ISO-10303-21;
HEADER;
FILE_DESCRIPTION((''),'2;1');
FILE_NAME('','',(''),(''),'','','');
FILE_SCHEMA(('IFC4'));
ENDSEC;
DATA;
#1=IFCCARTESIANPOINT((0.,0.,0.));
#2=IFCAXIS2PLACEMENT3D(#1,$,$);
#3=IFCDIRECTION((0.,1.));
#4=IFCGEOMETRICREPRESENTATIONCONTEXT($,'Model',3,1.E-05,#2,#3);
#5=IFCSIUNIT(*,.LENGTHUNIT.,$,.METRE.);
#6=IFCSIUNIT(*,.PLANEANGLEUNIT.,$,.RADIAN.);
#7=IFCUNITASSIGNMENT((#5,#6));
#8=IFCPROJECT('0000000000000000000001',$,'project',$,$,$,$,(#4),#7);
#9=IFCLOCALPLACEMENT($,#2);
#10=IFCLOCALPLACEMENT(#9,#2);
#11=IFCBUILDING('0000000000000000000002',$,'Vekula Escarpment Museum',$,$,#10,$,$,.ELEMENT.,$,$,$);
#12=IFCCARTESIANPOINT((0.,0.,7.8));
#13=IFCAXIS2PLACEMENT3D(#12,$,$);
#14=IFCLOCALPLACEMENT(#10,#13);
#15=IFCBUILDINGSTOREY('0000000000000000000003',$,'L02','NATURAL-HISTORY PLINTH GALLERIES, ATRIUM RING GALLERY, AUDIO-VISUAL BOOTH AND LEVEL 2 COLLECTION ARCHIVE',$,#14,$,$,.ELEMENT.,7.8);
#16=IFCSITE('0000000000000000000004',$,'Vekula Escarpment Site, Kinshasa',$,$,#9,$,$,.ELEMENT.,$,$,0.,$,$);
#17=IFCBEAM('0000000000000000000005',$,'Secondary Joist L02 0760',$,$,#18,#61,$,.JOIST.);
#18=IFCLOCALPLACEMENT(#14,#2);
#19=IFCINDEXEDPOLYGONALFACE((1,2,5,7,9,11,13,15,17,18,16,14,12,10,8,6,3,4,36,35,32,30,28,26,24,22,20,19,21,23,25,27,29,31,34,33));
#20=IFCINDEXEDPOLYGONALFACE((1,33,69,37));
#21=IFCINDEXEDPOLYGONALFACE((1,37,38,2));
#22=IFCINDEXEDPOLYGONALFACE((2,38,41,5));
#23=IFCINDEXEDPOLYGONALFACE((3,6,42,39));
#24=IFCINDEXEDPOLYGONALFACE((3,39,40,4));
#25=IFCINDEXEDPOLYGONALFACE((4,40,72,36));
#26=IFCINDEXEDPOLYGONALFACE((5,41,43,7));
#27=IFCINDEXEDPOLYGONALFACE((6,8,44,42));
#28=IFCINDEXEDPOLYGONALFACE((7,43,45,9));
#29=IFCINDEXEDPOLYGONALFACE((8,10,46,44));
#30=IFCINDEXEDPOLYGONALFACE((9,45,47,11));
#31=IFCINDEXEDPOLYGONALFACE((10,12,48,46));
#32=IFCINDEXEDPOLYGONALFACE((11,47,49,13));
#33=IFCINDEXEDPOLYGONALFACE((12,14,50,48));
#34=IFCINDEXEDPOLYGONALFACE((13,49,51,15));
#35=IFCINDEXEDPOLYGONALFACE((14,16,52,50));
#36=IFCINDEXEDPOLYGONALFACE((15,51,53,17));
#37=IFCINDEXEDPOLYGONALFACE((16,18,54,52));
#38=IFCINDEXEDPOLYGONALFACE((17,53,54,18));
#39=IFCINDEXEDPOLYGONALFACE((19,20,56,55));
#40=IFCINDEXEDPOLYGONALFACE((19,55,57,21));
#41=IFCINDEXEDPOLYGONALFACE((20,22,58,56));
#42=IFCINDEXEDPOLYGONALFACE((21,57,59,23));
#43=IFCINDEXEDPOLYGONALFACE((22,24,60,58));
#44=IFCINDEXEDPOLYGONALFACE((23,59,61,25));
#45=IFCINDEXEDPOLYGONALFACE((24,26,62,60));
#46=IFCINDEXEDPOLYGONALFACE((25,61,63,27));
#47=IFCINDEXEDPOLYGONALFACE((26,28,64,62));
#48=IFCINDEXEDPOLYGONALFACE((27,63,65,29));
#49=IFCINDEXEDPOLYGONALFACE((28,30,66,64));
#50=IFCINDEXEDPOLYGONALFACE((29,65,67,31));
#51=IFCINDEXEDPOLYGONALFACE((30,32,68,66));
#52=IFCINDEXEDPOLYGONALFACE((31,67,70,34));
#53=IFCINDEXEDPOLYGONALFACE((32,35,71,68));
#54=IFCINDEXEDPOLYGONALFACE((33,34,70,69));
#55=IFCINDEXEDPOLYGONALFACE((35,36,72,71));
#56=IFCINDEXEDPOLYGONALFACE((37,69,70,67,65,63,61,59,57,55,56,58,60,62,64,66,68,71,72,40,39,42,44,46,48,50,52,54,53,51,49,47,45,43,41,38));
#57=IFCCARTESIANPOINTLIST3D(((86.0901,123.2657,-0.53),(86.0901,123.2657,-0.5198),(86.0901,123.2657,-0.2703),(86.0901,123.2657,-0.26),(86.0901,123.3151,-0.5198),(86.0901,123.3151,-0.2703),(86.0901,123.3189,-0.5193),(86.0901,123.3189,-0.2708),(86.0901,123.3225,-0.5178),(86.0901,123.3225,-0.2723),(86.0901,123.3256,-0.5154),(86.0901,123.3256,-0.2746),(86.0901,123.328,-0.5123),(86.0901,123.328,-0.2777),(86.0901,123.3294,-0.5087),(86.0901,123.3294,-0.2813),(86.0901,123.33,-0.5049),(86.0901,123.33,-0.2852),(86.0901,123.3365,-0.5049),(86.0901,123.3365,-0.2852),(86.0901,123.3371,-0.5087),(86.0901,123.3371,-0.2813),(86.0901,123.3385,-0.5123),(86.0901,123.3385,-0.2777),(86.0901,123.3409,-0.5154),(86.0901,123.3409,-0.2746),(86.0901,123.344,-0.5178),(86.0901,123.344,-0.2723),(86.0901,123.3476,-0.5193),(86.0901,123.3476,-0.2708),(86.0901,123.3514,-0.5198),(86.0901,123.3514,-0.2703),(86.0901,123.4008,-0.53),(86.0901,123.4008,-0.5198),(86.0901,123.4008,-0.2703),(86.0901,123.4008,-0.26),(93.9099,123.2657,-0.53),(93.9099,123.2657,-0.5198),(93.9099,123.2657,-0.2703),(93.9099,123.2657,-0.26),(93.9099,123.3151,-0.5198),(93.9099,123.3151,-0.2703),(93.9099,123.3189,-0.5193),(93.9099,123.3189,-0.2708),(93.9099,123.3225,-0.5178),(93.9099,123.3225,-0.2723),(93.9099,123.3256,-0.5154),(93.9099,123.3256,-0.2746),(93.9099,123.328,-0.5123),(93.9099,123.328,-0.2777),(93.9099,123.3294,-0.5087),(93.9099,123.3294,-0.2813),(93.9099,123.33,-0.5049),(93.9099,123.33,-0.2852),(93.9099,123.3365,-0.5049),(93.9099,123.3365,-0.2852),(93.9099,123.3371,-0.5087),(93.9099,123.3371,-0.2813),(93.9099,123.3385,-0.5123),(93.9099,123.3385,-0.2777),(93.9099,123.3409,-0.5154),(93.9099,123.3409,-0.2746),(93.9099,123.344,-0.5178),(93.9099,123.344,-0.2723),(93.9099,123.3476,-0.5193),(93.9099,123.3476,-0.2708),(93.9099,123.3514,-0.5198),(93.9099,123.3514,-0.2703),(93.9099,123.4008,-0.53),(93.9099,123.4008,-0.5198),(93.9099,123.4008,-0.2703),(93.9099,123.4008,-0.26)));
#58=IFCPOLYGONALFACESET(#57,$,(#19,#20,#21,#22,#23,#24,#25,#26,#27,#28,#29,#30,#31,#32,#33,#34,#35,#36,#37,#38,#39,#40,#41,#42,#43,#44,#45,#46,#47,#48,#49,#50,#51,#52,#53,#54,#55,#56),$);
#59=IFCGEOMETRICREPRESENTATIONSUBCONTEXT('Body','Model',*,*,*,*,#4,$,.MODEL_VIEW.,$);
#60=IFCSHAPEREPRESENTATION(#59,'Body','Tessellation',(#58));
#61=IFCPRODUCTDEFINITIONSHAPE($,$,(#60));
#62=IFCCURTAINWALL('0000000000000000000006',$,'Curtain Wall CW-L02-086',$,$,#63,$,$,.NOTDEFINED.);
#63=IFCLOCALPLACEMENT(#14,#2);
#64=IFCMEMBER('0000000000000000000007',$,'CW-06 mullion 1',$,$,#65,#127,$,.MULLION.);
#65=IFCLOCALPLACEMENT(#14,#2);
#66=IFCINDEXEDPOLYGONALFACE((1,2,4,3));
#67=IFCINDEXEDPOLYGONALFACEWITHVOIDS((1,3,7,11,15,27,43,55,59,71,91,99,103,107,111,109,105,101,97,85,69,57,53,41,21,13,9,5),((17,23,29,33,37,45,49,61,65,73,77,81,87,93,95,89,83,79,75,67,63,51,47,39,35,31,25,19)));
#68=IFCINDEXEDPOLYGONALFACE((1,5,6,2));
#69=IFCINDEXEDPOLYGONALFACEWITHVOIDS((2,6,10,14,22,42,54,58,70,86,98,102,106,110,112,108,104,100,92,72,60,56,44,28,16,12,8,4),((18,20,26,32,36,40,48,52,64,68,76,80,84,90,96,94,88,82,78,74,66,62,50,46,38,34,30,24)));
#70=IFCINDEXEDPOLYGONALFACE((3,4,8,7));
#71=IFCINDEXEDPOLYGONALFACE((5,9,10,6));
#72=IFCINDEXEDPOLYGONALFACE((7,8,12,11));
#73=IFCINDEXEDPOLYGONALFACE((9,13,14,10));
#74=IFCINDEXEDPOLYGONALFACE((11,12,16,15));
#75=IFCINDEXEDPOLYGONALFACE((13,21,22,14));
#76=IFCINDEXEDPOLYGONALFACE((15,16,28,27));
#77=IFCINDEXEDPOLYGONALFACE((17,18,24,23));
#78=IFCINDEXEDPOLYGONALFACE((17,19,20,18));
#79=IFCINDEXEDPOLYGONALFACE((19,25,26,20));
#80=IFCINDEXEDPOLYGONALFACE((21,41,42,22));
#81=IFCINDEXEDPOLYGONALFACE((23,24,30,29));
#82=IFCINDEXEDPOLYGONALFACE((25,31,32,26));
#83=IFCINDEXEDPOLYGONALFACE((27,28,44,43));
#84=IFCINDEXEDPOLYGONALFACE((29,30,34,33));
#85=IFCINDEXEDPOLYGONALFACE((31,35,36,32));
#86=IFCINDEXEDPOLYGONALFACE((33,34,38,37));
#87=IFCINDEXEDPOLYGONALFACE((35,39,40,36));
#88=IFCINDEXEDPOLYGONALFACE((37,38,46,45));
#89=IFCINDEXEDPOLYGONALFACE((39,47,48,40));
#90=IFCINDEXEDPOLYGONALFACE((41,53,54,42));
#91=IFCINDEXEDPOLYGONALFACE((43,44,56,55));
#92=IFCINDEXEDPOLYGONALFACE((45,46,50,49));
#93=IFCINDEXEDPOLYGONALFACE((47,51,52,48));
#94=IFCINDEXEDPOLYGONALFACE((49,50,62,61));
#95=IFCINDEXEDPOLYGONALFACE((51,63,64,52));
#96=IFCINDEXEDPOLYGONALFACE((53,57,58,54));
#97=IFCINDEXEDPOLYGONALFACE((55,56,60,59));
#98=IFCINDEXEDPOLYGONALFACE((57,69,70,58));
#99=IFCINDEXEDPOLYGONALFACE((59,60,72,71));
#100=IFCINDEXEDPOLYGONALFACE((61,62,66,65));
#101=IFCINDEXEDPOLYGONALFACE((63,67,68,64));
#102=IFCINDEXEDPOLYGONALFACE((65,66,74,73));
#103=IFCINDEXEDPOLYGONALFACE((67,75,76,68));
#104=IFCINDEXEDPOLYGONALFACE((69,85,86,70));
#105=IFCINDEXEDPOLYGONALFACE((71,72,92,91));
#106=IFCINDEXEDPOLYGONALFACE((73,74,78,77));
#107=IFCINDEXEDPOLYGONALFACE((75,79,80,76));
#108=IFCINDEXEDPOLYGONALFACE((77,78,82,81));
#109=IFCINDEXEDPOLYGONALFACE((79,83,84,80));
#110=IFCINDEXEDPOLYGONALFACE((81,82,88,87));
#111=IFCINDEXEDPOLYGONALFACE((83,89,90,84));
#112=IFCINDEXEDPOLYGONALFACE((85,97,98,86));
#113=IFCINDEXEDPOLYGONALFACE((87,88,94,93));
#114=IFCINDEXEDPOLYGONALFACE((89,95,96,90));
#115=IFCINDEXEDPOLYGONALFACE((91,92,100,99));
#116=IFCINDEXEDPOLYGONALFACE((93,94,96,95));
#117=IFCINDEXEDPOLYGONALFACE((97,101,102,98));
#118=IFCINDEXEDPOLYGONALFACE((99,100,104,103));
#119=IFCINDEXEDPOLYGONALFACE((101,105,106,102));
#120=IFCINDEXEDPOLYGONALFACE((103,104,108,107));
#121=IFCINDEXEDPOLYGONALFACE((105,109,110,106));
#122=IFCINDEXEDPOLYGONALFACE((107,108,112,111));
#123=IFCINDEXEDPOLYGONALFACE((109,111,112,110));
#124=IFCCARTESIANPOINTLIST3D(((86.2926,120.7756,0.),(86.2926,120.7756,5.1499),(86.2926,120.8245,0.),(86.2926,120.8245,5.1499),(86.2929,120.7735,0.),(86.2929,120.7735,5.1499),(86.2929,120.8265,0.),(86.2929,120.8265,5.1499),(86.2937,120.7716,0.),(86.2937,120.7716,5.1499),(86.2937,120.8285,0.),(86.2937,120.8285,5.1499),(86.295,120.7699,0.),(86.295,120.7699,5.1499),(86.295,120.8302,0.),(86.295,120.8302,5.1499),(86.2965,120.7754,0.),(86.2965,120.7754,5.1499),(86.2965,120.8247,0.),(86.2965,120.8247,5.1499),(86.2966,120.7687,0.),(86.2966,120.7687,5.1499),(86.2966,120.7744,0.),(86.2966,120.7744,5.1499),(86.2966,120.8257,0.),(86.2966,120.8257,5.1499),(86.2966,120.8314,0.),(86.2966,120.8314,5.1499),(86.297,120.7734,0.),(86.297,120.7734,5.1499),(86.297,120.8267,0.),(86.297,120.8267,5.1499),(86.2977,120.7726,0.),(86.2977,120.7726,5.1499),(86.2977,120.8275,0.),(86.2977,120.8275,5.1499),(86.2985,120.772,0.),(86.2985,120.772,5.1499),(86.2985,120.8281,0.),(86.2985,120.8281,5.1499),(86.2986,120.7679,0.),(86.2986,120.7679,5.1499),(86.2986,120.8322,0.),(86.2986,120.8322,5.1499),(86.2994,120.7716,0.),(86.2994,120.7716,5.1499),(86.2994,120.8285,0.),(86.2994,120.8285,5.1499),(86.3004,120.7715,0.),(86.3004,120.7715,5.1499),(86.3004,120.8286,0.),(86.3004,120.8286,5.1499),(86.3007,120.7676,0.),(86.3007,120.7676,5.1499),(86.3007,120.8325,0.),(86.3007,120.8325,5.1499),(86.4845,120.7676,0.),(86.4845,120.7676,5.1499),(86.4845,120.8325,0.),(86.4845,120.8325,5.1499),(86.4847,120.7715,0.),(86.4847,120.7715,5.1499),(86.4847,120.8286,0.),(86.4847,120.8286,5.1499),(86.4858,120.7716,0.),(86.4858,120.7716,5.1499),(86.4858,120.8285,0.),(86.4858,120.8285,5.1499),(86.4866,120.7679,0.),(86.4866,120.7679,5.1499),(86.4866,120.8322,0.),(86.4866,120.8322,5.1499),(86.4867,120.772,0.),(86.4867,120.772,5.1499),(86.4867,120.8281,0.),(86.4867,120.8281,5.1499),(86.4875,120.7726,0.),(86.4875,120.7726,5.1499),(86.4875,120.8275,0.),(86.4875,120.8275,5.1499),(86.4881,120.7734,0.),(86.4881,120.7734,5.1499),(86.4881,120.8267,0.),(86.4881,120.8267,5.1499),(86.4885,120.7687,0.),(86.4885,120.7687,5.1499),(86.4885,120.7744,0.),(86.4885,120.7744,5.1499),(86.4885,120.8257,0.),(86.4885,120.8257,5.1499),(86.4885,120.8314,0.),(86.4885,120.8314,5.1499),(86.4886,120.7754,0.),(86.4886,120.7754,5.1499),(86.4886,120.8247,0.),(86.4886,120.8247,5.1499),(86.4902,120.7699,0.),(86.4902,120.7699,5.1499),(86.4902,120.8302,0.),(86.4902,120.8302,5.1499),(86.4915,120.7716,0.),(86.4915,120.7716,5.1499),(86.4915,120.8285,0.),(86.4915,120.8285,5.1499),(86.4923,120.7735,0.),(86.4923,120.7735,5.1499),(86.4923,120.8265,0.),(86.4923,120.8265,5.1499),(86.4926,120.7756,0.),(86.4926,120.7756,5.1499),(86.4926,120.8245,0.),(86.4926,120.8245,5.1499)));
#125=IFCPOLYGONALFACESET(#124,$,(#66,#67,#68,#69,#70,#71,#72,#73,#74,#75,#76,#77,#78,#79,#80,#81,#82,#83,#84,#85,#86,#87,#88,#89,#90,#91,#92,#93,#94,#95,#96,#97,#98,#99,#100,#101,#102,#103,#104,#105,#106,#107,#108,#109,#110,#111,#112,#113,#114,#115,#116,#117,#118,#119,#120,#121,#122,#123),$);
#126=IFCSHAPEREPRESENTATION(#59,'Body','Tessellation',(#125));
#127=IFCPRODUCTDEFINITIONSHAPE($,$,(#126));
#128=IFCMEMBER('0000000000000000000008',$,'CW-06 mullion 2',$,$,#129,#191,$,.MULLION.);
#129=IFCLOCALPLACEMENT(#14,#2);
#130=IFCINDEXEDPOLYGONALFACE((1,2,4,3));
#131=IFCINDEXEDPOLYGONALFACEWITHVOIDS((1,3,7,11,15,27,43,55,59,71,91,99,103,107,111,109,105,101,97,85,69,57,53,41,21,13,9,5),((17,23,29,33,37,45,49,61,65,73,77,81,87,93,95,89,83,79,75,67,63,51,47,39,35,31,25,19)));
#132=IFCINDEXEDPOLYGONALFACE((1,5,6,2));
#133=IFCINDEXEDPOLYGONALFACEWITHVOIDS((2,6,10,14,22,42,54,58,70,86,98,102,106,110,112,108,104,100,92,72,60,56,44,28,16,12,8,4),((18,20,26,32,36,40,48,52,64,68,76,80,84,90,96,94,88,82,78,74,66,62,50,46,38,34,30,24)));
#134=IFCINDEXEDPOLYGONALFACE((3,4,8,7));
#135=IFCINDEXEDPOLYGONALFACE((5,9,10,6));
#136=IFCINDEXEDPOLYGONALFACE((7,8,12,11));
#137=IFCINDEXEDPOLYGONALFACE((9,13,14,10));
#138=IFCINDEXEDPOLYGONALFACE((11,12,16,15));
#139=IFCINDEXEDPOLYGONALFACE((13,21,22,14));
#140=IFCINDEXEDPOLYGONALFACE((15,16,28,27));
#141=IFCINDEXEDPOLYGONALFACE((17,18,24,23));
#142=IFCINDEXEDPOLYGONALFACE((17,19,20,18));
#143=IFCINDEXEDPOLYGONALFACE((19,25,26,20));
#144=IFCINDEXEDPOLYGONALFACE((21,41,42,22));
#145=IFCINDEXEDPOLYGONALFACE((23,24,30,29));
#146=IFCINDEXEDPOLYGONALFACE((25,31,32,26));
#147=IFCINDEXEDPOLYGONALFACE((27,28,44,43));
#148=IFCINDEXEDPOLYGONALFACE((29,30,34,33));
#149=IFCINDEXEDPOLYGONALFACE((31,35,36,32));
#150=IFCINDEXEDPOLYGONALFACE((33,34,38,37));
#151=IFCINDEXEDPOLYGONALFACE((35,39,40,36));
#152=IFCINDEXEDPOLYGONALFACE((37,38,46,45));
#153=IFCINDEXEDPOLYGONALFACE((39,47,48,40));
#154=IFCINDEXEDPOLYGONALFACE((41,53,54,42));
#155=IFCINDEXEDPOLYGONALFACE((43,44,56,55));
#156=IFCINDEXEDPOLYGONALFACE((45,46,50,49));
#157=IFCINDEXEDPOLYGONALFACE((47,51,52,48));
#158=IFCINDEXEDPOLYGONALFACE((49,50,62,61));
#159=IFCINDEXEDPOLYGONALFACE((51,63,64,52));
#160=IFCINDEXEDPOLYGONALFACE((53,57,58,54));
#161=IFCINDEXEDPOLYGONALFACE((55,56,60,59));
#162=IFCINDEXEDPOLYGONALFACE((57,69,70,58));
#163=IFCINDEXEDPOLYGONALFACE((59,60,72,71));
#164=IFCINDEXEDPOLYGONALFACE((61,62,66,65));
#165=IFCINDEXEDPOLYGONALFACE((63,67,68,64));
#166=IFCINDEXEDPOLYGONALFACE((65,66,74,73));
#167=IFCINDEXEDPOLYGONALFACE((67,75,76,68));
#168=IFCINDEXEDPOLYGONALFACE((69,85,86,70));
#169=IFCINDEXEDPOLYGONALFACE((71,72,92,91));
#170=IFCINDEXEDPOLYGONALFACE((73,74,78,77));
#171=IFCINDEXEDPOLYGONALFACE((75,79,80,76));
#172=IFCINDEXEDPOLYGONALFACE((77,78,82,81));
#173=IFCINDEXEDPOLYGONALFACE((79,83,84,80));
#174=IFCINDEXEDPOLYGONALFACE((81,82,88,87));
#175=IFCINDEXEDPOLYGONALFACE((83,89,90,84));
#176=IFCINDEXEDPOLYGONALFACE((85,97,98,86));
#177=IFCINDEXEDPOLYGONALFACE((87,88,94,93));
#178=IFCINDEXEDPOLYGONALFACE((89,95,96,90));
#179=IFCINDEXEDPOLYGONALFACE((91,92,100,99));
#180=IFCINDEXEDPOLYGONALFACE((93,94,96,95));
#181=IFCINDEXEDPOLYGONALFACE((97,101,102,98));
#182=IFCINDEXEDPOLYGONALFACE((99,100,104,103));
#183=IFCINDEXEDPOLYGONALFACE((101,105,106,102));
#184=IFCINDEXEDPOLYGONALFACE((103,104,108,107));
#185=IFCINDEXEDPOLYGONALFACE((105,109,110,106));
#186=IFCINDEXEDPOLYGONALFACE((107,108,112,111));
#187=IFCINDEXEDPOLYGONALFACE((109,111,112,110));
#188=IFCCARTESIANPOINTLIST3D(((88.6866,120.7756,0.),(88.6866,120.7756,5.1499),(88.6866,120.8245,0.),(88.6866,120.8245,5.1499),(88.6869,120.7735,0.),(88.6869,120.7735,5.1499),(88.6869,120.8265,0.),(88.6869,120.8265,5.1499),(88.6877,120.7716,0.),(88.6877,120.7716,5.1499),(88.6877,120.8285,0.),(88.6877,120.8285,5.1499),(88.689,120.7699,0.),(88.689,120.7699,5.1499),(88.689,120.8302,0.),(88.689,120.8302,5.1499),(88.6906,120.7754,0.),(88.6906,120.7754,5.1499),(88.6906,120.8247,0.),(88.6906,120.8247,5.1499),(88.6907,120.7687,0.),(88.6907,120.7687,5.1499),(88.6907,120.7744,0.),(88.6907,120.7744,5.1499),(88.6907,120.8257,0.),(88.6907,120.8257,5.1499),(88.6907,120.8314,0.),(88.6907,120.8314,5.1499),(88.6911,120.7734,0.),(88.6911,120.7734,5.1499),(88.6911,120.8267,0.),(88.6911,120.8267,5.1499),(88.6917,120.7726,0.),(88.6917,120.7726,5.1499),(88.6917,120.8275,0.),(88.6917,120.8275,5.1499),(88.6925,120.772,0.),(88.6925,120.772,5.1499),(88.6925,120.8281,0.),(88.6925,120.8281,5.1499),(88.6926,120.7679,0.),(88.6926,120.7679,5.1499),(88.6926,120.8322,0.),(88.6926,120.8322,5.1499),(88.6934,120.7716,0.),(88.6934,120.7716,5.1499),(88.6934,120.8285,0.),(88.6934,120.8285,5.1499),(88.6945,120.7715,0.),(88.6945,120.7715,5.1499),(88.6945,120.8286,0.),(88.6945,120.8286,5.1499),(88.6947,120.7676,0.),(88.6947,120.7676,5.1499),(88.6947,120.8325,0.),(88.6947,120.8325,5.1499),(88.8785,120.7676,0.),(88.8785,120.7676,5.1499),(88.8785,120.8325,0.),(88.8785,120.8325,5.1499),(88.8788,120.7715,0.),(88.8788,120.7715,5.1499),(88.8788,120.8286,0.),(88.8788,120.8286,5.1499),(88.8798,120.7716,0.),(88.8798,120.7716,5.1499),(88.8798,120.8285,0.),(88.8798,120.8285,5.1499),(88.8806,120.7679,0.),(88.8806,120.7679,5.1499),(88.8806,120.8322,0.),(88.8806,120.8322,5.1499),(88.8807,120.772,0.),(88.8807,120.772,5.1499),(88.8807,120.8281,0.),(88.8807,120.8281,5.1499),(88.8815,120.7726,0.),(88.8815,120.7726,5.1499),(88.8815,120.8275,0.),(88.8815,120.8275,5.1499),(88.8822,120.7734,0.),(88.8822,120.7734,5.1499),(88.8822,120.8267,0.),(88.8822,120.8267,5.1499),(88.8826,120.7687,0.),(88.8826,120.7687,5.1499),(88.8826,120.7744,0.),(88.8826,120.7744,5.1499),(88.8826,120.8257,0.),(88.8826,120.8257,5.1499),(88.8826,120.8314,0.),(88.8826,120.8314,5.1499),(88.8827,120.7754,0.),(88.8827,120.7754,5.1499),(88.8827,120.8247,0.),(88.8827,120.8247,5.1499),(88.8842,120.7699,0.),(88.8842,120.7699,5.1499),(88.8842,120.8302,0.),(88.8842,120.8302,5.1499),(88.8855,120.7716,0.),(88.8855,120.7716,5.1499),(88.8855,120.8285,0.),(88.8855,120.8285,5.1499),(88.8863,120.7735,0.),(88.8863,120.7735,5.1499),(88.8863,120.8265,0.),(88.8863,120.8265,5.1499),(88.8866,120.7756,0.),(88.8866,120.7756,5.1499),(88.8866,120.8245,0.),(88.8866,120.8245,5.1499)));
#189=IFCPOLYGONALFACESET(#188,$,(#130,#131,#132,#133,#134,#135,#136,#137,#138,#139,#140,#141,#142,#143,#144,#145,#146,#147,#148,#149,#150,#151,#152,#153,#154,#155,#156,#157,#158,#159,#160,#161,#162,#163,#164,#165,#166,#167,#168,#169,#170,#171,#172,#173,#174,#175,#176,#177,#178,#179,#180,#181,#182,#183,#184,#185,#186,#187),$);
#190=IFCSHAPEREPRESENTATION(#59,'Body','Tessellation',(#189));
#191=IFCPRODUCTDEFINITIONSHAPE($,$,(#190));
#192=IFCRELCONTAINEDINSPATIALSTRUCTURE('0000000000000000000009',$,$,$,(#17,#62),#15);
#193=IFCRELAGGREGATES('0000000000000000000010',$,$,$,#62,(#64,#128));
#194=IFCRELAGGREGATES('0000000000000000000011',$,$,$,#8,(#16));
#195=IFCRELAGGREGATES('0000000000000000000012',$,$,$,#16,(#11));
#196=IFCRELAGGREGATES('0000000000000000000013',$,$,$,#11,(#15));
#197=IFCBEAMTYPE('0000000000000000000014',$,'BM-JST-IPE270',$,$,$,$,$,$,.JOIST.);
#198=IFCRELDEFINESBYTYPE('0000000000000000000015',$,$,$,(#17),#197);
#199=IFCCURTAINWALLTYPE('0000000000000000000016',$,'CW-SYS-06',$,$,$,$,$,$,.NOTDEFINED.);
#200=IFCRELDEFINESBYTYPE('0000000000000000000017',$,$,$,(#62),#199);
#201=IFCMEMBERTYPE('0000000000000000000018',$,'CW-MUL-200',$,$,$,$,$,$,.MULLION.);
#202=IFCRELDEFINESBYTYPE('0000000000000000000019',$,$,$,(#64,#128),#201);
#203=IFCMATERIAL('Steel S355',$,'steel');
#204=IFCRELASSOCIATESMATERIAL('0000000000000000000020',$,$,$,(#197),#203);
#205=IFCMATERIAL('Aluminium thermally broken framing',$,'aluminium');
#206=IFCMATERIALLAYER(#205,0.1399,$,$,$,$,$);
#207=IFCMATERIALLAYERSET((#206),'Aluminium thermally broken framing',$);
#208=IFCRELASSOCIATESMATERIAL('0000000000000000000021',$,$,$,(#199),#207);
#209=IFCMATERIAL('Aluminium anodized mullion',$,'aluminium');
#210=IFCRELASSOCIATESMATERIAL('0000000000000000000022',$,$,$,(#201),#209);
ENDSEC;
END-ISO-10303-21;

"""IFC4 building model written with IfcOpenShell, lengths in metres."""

from ifc_helpers import new_model, si_unit, direction, frame, origin, origin_2d, place, context, subcontext, project, spatial, hollow_rectangle, i_section, extrude, material, layer, layer_set, material_profile, profile_set, type_object, element, aggregate, save


model = new_model("IFC4")

# Units and contexts
model_context = context("Model", 3, precision=1e-05, world=origin(), true_north=direction((0.0, 1.0)))
body_context = subcontext(model_context, "Body", "Model", "MODEL_VIEW")
ifc_project = project(units=[si_unit("LENGTHUNIT", "METRE"), si_unit("PLANEANGLEUNIT", "RADIAN")], contexts=[model_context])

# Site, building, storey
site_placement = place(None, origin())
site = spatial("IfcSite", under=ifc_project, at=site_placement, Name="Vekula Escarpment Site, Kinshasa", CompositionType="ELEMENT", RefElevation=0.0)
building_placement = place(site_placement, origin())
building = spatial("IfcBuilding", under=site, at=building_placement, Name="Vekula Escarpment Museum", CompositionType="ELEMENT")
storey_placement = place(building_placement, frame((0.0, 0.0, 7.8)))
storey = spatial("IfcBuildingStorey", under=building, at=storey_placement, Name="L02", Description="NATURAL-HISTORY PLINTH GALLERIES, ATRIUM RING GALLERY, AUDIO-VISUAL BOOTH AND LEVEL 2 COLLECTION ARCHIVE", CompositionType="ELEMENT", Elevation=7.8)

# Beam
ifc_material_1 = material(Name="Steel S355", Category="steel")
ifc_material_profile_1 = material_profile(ifc_material_1, i_section(OverallWidth=0.135, OverallDepth=0.27, WebThickness=0.0066, FlangeThickness=0.0103, FilletRadius=0.0149, at=origin_2d()), Name="IPE 270")
ifc_profile_set_1 = profile_set([ifc_material_profile_1], Name="Steel S355")
beam_type_1 = type_object("IfcBeamType", Name="BM-JST-IPE270", PredefinedType="JOIST", material=ifc_profile_set_1)
beam_1_placement = place(storey_placement, frame((86.0901, 123.3333, -0.395), z_axis=(1.0, 0.0, 0.0), x_axis=(0.0, 1.0, 0.0)))
element("IfcBeam", 1, at=beam_1_placement, inside=storey, type_object=beam_type_1, Name="Secondary Joist L02 0760", PredefinedType="JOIST", context=body_context, shape_type="SweptSolid", body=[
    extrude(i_section(OverallWidth=0.135, OverallDepth=0.27, WebThickness=0.0066, FlangeThickness=0.0103, FilletRadius=0.0149, at=origin_2d()), origin(), (0.0, 0.0, 1.0), 7.8198),
])

# Curtain wall, members
ifc_material_2 = material(Name="Aluminium thermally broken framing", Category="aluminium")
ifc_layer_1 = layer(ifc_material_2, 0.1399)
ifc_layer_set_1 = layer_set([ifc_layer_1], Name="Aluminium thermally broken framing")
curtain_wall_type = type_object("IfcCurtainWallType", Name="CW-SYS-06", PredefinedType="NOTDEFINED", material=ifc_layer_set_1)
curtain_wall_placement = place(storey_placement, origin())
curtain_wall = element("IfcCurtainWall", 2, at=curtain_wall_placement, inside=storey, type_object=curtain_wall_type, Name="Curtain Wall CW-L02-086", PredefinedType="NOTDEFINED")
ifc_material_3 = material(Name="Aluminium anodized mullion", Category="aluminium")
ifc_material_profile_2 = material_profile(ifc_material_3, hollow_rectangle(XDim=0.0649, YDim=0.2, WallThickness=0.0039, InnerFilletRadius=0.0039, OuterFilletRadius=0.0081, at=origin_2d()), Name="ALU 200x65x4")
ifc_profile_set_2 = profile_set([ifc_material_profile_2], Name="Aluminium anodized mullion")
member_type_1 = type_object("IfcMemberType", Name="CW-MUL-200", PredefinedType="MULLION", material=ifc_profile_set_2)
member_1_placement = place(storey_placement, frame((86.3926, 120.8, 0.0), z_axis=(0.0, 0.0, 1.0), x_axis=(0.0, 1.0, 0.0)))
member_1 = element("IfcMember", 3, at=member_1_placement, type_object=member_type_1, Name="CW-06 mullion 1", PredefinedType="MULLION", context=body_context, shape_type="SweptSolid", body=[
    extrude(hollow_rectangle(XDim=0.0649, YDim=0.2, WallThickness=0.0039, InnerFilletRadius=0.0039, OuterFilletRadius=0.0081, at=origin_2d()), origin(), (0.0, 0.0, 1.0), 5.1499),
])
member_2_placement = place(storey_placement, frame((88.7866, 120.8, 0.0), z_axis=(0.0, 0.0, 1.0), x_axis=(0.0, 1.0, 0.0)))
member_2 = element("IfcMember", 4, at=member_2_placement, type_object=member_type_1, Name="CW-06 mullion 2", PredefinedType="MULLION", context=body_context, shape_type="SweptSolid", body=[
    extrude(hollow_rectangle(XDim=0.0649, YDim=0.2, WallThickness=0.0039, InnerFilletRadius=0.0039, OuterFilletRadius=0.0081, at=origin_2d()), origin(), (0.0, 0.0, 1.0), 5.1499),
])
aggregate(curtain_wall, [member_1, member_2])

save(model, "model.ifc")
